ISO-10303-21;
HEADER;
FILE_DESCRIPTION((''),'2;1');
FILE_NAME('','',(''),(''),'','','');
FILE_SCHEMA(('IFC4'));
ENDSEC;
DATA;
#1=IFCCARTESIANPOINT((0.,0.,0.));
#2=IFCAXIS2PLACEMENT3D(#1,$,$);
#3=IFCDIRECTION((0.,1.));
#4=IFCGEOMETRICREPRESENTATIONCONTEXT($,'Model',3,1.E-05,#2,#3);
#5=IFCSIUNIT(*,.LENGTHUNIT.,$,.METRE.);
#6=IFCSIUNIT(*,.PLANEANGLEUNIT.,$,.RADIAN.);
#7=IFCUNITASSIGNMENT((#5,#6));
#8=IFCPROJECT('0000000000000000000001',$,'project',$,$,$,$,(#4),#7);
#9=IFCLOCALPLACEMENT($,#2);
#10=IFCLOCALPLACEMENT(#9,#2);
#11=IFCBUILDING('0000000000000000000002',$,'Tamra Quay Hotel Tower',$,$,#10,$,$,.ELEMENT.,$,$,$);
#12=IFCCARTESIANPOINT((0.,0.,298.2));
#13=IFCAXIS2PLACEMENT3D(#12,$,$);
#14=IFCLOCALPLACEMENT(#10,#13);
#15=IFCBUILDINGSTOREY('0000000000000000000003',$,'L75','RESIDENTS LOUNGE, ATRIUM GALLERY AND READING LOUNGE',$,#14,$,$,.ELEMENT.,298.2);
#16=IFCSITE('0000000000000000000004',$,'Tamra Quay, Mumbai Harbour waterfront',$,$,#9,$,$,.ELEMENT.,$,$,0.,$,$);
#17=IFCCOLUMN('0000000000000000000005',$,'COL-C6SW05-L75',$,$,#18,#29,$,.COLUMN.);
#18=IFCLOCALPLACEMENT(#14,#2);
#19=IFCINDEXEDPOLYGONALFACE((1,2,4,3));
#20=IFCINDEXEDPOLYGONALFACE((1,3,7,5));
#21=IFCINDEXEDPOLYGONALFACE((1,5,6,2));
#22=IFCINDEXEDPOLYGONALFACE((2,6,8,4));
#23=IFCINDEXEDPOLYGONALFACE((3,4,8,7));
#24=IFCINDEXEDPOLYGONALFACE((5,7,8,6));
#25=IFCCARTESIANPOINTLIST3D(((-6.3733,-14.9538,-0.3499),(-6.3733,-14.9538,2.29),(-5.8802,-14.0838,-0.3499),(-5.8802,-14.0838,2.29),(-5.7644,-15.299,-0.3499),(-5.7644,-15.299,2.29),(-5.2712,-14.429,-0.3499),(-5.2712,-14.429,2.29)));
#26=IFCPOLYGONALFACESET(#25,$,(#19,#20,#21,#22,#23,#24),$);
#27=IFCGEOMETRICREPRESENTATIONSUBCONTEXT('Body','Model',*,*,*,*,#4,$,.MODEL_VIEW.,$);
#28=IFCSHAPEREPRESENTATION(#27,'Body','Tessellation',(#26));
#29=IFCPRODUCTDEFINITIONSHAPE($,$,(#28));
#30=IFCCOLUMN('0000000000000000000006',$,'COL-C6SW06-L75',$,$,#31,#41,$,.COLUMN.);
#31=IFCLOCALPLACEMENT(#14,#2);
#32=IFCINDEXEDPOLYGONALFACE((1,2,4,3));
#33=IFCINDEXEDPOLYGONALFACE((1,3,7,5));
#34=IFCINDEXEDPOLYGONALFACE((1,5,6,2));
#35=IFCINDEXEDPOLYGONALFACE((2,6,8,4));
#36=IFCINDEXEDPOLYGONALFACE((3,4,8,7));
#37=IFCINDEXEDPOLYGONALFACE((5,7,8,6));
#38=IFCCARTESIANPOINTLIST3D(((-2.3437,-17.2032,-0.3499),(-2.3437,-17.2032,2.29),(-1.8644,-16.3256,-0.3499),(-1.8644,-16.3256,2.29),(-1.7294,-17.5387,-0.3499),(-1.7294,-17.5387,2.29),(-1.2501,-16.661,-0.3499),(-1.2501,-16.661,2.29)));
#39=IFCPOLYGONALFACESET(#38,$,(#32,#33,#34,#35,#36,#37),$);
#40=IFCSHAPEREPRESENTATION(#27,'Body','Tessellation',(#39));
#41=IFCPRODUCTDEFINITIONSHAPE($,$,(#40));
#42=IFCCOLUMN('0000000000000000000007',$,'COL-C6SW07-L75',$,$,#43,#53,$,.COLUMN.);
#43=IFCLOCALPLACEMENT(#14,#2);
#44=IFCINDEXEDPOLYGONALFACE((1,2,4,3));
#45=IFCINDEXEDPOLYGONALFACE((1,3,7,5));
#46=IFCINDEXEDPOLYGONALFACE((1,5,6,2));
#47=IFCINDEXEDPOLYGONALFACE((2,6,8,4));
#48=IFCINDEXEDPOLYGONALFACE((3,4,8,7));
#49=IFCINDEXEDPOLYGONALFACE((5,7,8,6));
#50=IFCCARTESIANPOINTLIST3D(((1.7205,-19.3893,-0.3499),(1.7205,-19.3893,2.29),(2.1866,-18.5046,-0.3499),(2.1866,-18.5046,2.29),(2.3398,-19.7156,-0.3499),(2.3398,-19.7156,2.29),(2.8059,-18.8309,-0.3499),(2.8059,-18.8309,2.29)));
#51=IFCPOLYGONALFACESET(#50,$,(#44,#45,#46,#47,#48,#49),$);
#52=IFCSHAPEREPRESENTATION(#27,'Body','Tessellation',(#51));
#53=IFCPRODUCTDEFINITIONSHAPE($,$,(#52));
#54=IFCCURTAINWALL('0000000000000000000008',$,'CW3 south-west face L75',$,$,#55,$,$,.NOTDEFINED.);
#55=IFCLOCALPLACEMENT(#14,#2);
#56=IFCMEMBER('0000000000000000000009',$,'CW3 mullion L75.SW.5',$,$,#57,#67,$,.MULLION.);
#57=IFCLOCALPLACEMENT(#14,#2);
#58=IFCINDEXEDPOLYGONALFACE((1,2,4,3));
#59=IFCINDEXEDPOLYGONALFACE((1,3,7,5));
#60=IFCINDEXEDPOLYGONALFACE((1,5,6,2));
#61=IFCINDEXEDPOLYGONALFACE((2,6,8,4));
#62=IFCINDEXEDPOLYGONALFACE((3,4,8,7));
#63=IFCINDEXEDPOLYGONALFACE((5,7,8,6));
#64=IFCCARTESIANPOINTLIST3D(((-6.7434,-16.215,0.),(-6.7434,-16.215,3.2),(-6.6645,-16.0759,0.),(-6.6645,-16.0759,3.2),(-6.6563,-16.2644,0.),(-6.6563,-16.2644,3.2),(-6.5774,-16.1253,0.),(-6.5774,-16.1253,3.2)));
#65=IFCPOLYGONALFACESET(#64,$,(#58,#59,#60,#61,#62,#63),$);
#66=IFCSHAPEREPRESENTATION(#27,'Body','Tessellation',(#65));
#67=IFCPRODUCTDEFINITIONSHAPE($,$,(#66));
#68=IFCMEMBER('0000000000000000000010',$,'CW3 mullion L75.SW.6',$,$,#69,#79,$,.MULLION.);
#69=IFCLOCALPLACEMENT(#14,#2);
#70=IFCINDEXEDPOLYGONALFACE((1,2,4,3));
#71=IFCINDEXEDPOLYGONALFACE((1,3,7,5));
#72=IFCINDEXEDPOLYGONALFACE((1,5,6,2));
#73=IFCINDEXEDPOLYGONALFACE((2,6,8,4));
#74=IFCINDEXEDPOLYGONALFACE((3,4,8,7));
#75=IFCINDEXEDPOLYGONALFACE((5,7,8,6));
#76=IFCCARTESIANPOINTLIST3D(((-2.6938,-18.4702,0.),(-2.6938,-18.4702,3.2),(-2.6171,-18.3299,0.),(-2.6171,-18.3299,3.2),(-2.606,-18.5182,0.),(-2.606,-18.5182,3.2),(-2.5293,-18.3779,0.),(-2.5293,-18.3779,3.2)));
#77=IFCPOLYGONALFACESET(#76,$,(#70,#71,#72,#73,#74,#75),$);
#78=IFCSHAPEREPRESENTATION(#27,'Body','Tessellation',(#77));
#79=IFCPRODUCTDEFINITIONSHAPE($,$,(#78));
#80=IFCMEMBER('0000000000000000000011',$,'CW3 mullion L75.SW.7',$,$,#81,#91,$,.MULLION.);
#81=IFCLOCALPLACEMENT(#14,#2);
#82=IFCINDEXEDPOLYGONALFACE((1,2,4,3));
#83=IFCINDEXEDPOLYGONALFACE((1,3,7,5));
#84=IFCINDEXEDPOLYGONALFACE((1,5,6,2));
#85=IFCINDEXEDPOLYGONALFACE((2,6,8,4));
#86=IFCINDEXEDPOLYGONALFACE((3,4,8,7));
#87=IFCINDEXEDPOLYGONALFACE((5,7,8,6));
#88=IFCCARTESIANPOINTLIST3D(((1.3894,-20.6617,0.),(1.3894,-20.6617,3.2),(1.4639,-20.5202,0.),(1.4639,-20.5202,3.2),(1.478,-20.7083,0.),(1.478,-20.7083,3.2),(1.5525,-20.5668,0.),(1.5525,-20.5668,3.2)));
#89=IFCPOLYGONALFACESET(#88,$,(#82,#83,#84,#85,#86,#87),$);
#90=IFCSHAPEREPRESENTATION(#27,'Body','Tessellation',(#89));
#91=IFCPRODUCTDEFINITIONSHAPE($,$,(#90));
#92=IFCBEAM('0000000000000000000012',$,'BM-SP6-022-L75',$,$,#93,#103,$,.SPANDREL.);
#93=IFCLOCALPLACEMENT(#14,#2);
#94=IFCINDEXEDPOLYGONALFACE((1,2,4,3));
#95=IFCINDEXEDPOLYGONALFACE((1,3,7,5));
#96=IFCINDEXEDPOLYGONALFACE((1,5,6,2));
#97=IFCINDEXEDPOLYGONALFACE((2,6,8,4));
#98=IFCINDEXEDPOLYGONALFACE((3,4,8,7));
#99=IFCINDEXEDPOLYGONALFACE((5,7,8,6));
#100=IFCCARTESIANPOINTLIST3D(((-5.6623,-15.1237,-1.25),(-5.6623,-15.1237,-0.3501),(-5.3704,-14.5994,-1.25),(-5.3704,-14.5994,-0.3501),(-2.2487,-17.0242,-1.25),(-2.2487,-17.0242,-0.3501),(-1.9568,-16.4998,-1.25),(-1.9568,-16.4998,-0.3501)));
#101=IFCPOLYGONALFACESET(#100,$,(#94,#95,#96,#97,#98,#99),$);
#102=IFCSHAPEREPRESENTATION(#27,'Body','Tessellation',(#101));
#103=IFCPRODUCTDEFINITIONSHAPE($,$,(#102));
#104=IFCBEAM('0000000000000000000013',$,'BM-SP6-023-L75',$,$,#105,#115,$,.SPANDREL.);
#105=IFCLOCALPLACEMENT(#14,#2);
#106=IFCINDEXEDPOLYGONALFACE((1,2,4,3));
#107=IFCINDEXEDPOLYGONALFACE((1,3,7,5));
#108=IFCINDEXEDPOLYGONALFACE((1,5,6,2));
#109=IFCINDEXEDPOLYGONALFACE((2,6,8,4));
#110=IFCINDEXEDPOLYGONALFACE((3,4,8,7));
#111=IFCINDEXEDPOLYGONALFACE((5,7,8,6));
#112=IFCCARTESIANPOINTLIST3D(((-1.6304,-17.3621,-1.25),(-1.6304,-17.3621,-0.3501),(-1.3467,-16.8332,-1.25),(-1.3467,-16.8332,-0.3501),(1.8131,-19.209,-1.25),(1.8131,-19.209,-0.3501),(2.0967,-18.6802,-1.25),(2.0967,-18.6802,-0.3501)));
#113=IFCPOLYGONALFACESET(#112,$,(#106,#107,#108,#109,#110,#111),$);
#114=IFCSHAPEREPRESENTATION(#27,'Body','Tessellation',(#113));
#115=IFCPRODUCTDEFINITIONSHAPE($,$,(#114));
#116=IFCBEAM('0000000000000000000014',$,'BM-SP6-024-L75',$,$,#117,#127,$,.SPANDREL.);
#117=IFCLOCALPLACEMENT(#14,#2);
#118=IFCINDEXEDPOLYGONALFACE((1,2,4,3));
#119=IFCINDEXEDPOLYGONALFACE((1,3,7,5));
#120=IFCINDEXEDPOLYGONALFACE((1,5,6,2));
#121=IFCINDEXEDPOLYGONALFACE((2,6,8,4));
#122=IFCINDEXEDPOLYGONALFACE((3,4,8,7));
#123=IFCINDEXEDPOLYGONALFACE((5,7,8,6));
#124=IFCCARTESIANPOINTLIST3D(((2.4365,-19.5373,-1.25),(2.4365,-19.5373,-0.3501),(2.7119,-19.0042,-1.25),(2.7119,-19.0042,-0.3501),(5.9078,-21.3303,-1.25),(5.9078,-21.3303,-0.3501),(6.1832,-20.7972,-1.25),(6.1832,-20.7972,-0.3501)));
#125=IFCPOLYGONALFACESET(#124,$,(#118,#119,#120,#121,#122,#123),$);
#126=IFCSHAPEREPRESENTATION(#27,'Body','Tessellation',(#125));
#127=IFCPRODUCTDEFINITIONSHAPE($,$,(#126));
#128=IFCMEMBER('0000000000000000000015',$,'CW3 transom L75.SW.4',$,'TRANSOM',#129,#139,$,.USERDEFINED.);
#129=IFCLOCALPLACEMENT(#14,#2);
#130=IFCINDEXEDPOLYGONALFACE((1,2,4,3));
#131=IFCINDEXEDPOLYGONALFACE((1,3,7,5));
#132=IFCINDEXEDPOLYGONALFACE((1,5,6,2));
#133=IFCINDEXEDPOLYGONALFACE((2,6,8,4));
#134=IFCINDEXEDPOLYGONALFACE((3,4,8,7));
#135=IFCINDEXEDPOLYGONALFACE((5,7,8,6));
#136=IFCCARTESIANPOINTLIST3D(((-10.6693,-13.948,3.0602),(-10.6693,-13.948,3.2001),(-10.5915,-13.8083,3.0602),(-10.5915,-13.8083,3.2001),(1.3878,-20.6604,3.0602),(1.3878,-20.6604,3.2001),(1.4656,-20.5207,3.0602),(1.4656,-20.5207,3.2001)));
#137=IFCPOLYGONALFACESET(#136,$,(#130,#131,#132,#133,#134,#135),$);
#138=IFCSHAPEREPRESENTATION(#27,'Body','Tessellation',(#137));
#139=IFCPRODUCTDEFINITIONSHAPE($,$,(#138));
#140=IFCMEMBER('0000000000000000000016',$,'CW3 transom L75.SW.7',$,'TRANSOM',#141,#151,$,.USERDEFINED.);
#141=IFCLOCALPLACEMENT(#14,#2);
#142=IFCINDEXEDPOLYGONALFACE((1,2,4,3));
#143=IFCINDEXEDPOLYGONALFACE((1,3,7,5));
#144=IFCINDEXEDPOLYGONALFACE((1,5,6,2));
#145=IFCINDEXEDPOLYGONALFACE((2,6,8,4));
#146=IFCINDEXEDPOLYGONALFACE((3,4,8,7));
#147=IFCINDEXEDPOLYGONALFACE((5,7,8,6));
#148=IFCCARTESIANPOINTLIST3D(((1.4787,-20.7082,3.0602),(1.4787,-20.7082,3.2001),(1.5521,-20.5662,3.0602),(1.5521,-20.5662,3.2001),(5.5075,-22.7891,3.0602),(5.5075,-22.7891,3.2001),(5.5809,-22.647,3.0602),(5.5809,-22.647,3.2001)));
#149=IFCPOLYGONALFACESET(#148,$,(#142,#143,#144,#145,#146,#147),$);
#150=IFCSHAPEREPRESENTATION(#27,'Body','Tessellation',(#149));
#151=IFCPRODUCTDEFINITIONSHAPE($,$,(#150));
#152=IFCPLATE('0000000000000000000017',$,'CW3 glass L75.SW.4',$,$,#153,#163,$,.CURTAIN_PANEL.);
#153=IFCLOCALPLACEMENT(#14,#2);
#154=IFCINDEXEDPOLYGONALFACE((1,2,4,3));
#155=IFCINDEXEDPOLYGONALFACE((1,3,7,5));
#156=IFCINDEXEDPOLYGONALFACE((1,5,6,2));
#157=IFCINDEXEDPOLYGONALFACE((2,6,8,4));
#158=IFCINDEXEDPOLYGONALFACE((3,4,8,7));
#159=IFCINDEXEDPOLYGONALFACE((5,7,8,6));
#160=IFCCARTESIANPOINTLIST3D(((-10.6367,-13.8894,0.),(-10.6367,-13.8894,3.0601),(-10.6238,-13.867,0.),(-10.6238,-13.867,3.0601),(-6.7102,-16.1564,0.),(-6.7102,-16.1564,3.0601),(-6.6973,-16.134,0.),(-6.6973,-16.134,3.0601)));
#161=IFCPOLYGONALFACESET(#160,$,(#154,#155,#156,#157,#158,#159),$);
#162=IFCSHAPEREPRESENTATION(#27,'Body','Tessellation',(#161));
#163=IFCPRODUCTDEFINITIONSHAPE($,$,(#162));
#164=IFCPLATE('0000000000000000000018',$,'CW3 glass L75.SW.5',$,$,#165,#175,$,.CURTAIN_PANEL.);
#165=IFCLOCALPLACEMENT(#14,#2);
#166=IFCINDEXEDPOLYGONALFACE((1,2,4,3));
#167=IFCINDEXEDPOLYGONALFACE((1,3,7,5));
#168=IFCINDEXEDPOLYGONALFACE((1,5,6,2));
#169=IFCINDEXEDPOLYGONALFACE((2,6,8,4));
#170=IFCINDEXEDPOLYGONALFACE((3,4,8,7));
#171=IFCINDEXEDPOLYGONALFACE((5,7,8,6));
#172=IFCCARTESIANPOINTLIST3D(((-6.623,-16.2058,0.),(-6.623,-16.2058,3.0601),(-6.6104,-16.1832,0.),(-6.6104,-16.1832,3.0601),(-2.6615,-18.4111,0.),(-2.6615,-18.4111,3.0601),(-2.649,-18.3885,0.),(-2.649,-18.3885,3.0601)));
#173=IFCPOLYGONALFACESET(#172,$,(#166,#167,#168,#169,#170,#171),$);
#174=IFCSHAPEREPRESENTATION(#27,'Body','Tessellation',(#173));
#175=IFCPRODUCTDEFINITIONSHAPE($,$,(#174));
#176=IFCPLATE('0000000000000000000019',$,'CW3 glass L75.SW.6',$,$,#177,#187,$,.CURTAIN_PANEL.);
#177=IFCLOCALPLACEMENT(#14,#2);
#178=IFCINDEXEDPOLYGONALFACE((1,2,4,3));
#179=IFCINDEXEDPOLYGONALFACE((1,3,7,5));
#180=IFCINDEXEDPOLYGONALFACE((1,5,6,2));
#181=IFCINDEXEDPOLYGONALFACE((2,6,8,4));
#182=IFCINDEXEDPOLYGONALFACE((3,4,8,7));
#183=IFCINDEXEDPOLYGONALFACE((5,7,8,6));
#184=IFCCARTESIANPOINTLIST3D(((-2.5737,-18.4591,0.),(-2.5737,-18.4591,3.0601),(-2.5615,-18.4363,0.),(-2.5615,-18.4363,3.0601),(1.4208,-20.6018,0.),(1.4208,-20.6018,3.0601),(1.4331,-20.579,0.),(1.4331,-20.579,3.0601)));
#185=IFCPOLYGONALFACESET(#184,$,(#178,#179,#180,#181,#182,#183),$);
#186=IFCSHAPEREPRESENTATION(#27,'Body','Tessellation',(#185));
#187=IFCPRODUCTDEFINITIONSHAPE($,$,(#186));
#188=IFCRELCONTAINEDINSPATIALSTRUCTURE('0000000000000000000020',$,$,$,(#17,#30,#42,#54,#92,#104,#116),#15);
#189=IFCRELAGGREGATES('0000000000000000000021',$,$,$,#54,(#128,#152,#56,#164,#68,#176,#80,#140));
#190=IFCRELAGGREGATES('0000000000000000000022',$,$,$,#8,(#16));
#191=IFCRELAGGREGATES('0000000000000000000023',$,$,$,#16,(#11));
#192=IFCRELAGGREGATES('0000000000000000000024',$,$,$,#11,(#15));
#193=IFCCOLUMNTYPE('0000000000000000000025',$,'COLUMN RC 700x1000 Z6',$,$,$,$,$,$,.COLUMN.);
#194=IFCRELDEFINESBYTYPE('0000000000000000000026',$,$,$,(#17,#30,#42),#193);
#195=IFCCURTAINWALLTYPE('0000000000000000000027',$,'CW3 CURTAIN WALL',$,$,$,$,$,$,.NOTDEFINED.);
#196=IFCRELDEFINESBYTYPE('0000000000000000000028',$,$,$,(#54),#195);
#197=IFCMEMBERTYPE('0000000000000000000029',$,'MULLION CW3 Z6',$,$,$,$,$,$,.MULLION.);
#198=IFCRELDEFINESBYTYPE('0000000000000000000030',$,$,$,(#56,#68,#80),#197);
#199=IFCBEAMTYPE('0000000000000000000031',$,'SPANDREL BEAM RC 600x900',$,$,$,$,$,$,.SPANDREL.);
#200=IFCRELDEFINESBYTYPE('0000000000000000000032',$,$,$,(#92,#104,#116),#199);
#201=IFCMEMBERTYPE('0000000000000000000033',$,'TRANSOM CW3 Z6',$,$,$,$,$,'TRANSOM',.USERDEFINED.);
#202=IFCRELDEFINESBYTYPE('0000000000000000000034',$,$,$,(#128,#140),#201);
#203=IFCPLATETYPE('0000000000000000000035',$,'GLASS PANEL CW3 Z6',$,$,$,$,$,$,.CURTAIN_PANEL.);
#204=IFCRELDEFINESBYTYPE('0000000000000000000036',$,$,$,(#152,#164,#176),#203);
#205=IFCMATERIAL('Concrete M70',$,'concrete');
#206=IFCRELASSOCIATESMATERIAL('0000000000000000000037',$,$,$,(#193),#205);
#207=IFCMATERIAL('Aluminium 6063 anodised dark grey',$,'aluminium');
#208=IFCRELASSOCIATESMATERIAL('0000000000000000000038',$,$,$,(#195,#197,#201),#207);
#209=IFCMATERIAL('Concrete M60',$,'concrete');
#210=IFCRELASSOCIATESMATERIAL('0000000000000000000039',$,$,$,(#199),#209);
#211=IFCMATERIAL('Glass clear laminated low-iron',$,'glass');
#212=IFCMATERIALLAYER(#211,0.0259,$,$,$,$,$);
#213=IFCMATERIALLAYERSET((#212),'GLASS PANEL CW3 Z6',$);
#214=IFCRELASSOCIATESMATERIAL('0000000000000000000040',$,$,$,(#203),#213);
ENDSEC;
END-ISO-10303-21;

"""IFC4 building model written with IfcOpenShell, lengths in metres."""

from ifc_helpers import new_model, si_unit, direction, frame, origin, origin_2d, place, context, subcontext, project, spatial, rectangle, extrude, material, layer, layer_set, material_profile, profile_set, type_object, element, aggregate, save


model = new_model("IFC4")

# Units and contexts
model_context = context("Model", 3, precision=1e-05, world=origin(), true_north=direction((0.0, 1.0)))
body_context = subcontext(model_context, "Body", "Model", "MODEL_VIEW")
ifc_project = project(units=[si_unit("LENGTHUNIT", "METRE"), si_unit("PLANEANGLEUNIT", "RADIAN")], contexts=[model_context])

# Site, building, storey
site_placement = place(None, origin())
site = spatial("IfcSite", under=ifc_project, at=site_placement, Name="Tamra Quay, Mumbai Harbour waterfront", CompositionType="ELEMENT", RefElevation=0.0)
building_placement = place(site_placement, origin())
building = spatial("IfcBuilding", under=site, at=building_placement, Name="Tamra Quay Hotel Tower", CompositionType="ELEMENT")
storey_placement = place(building_placement, frame((0.0, 0.0, 298.2)))
storey = spatial("IfcBuildingStorey", under=building, at=storey_placement, Name="L75", Description="RESIDENTS LOUNGE, ATRIUM GALLERY AND READING LOUNGE", CompositionType="ELEMENT", Elevation=298.2)

# Columns
ifc_material_1 = material(Name="Concrete M70", Category="concrete")
ifc_material_profile_1 = material_profile(ifc_material_1, rectangle(XDim=1.0, YDim=0.7, at=origin_2d()), Name="COLUMN RC 700x1000 Z6")
ifc_profile_set_1 = profile_set([ifc_material_profile_1], Name="Concrete M70")
column_type = type_object("IfcColumnType", Name="COLUMN RC 700x1000 Z6", PredefinedType="COLUMN", material=ifc_profile_set_1)
for number, where, z_axis, x_axis, name in (
    (1, (-5.8223, -14.6914, -0.3499), (0.0, 0.0, 1.0), (0.493125, 0.869958, 0.0), "COL-C6SW05-L75"),
    (2, (-1.7969, -16.9321, -0.3499), (0.0, 0.0, 1.0), (0.479288, 0.877658, 0.0), "COL-C6SW06-L75"),
    (3, (2.2632, -19.1101, -0.3499), (0.0, 0.0, 1.0), (0.466118, 0.884723, 0.0), "COL-C6SW07-L75"),
):
    element("IfcColumn", number, at=place(storey_placement, frame(where, z_axis=z_axis, x_axis=x_axis)), inside=storey, type_object=column_type, Name=name, PredefinedType="COLUMN", context=body_context, shape_type="SweptSolid", body=[
        extrude(rectangle(XDim=1.0, YDim=0.7, at=origin_2d()), origin(), (0.0, 0.0, 1.0), 2.6399),
    ])

# Curtain wall, members
ifc_material_2 = material(Name="Aluminium 6063 anodised dark grey", Category="aluminium")
curtain_wall_type = type_object("IfcCurtainWallType", Name="CW3 CURTAIN WALL", PredefinedType="NOTDEFINED", material=ifc_material_2)
curtain_wall_placement = place(storey_placement, origin())
curtain_wall = element("IfcCurtainWall", 4, at=curtain_wall_placement, inside=storey, type_object=curtain_wall_type, Name="CW3 south-west face L75", PredefinedType="NOTDEFINED")
ifc_material_profile_2 = material_profile(ifc_material_2, rectangle(XDim=0.1599, YDim=0.1001, at=origin_2d()), Name="MULLION 100X160")
ifc_profile_set_2 = profile_set([ifc_material_profile_2], Name="Aluminium 6063 anodised dark grey")
member_type_1 = type_object("IfcMemberType", Name="MULLION CW3 Z6", PredefinedType="MULLION", material=ifc_profile_set_2)
member_1_placement = place(storey_placement, frame((-6.6604, -16.1702, 0.0), z_axis=(0.0, 0.0, 1.0), x_axis=(-0.493215, -0.869907, 0.0)))
member_1 = element("IfcMember", 5, at=member_1_placement, type_object=member_type_1, Name="CW3 mullion L75.SW.5", PredefinedType="MULLION", context=body_context, shape_type="SweptSolid", body=[
    extrude(rectangle(XDim=0.1599, YDim=0.1001, at=origin_2d()), origin(), (0.0, 0.0, 1.0), 3.2),
])
member_2_placement = place(storey_placement, frame((-2.6116, -18.4241, 0.0), z_axis=(0.0, 0.0, 1.0), x_axis=(-0.479565, -0.877506, 0.0)))
member_2 = element("IfcMember", 6, at=member_2_placement, type_object=member_type_1, Name="CW3 mullion L75.SW.6", PredefinedType="MULLION", context=body_context, shape_type="SweptSolid", body=[
    extrude(rectangle(XDim=0.1599, YDim=0.1001, at=origin_2d()), origin(), (0.0, 0.0, 1.0), 3.2),
])
member_3_placement = place(storey_placement, frame((1.4709, -20.6143, 0.0), z_axis=(0.0, 0.0, 1.0), x_axis=(-0.465816, -0.884882, 0.0)))
member_3 = element("IfcMember", 7, at=member_3_placement, type_object=member_type_1, Name="CW3 mullion L75.SW.7", PredefinedType="MULLION", context=body_context, shape_type="SweptSolid", body=[
    extrude(rectangle(XDim=0.1599, YDim=0.1001, at=origin_2d()), origin(), (0.0, 0.0, 1.0), 3.2),
])

# Beams
ifc_material_3 = material(Name="Concrete M60", Category="concrete")
ifc_material_profile_3 = material_profile(ifc_material_3, rectangle(XDim=0.6001, YDim=0.8999, at=origin_2d()), Name="SPANDREL BEAM RC 600x900")
ifc_profile_set_3 = profile_set([ifc_material_profile_3], Name="Concrete M60")
beam_type = type_object("IfcBeamType", Name="SPANDREL BEAM RC 600x900", PredefinedType="SPANDREL", material=ifc_profile_set_3)
beam_1_placement = place(storey_placement, frame((-5.5164, -14.8616, -0.8), z_axis=(0.873727, -0.486417, 0.0), x_axis=(0.486417, 0.873727, 0.0)))
element("IfcBeam", 8, at=beam_1_placement, inside=storey, type_object=beam_type, Name="BM-SP6-022-L75", PredefinedType="SPANDREL", context=body_context, shape_type="SweptSolid", body=[
    extrude(rectangle(XDim=0.6001, YDim=0.8999, at=origin_2d()), origin(), (0.0, 0.0, 1.0), 3.907),
])
beam_2_placement = place(storey_placement, frame((-1.4885, -17.0977, -0.8), z_axis=(0.881238, -0.472672, 0.0), x_axis=(0.472672, 0.881238, 0.0)))
element("IfcBeam", 9, at=beam_2_placement, inside=storey, type_object=beam_type, Name="BM-SP6-023-L75", PredefinedType="SPANDREL", context=body_context, shape_type="SweptSolid", body=[
    extrude(rectangle(XDim=0.6001, YDim=0.8999, at=origin_2d()), origin(), (0.0, 0.0, 1.0), 3.9075),
])
beam_3_placement = place(storey_placement, frame((2.5742, -19.2708, -0.8), z_axis=(0.888476, -0.458923, 0.0), x_axis=(0.458923, 0.888476, 0.0)))
element("IfcBeam", 10, at=beam_3_placement, inside=storey, type_object=beam_type, Name="BM-SP6-024-L75", PredefinedType="SPANDREL", context=body_context, shape_type="SweptSolid", body=[
    extrude(rectangle(XDim=0.6001, YDim=0.8999, at=origin_2d()), origin(), (0.0, 0.0, 1.0), 3.907),
])

# Members
ifc_material_profile_4 = material_profile(ifc_material_2, rectangle(XDim=0.1599, YDim=0.1399, at=origin_2d()), Name="TRANSOM 160X140")
ifc_profile_set_4 = profile_set([ifc_material_profile_4], Name="Aluminium 6063 anodised dark grey")
member_type_2 = type_object("IfcMemberType", Name="TRANSOM CW3 Z6", ElementType="TRANSOM", PredefinedType="USERDEFINED", material=ifc_profile_set_4)
member_4_placement = place(storey_placement, frame((-10.6304, -13.8782, 3.1301), z_axis=(0.873726, -0.486418, 0.0), x_axis=(0.486418, 0.873726, 0.0)))
member_4 = element("IfcMember", 11, at=member_4_placement, type_object=member_type_2, Name="CW3 transom L75.SW.4", ObjectType="TRANSOM", PredefinedType="USERDEFINED", context=body_context, shape_type="SweptSolid", body=[
    extrude(rectangle(XDim=0.1599, YDim=0.1399, at=origin_2d()), origin(), (0.0, 0.0, 1.0), 13.7996),
])
member_5_placement = place(storey_placement, frame((1.5154, -20.6372, 3.1301), z_axis=(0.888492, -0.458891, 0.0), x_axis=(0.458891, 0.888492, 0.0)))
member_5 = element("IfcMember", 12, at=member_5_placement, type_object=member_type_2, Name="CW3 transom L75.SW.7", ObjectType="TRANSOM", PredefinedType="USERDEFINED", context=body_context, shape_type="SweptSolid", body=[
    extrude(rectangle(XDim=0.1599, YDim=0.1399, at=origin_2d()), origin(), (0.0, 0.0, 1.0), 4.5344),
])

# Plates
ifc_material_4 = material(Name="Glass clear laminated low-iron", Category="glass")
ifc_layer_1 = layer(ifc_material_4, 0.0259)
ifc_layer_set_1 = layer_set([ifc_layer_1], Name="GLASS PANEL CW3 Z6")
plate_type = type_object("IfcPlateType", Name="GLASS PANEL CW3 Z6", PredefinedType="CURTAIN_PANEL", material=ifc_layer_set_1)
plate_1_placement = place(storey_placement, frame((-8.667, -15.0117, 0.0), z_axis=(0.0, 0.0, 1.0), x_axis=(0.866025, -0.5, 0.0)))
plate_1 = element("IfcPlate", 13, at=plate_1_placement, type_object=plate_type, Name="CW3 glass L75.SW.4", PredefinedType="CURTAIN_PANEL", context=body_context, shape_type="SweptSolid", body=[
    extrude(rectangle(XDim=4.5339, YDim=0.0259, at=origin_2d()), origin(), (0.0, 0.0, 1.0), 3.0601),
])
plate_2_placement = place(storey_placement, frame((-4.636, -17.2971, 0.0), z_axis=(0.0, 0.0, 1.0), x_axis=(0.873736, -0.486401, 0.0)))
plate_2 = element("IfcPlate", 14, at=plate_2_placement, type_object=plate_type, Name="CW3 glass L75.SW.5", PredefinedType="CURTAIN_PANEL", context=body_context, shape_type="SweptSolid", body=[
    extrude(rectangle(XDim=4.5339, YDim=0.0259, at=origin_2d()), origin(), (0.0, 0.0, 1.0), 3.0601),
])
plate_3_placement = place(storey_placement, frame((-0.5703, -19.519, 0.0), z_axis=(0.0, 0.0, 1.0), x_axis=(0.881224, -0.4727, 0.0)))
plate_3 = element("IfcPlate", 15, at=plate_3_placement, type_object=plate_type, Name="CW3 glass L75.SW.6", PredefinedType="CURTAIN_PANEL", context=body_context, shape_type="SweptSolid", body=[
    extrude(rectangle(XDim=4.533, YDim=0.0259, at=origin_2d()), origin(), (0.0, 0.0, 1.0), 3.0601),
])
aggregate(curtain_wall, [member_4, plate_1, member_1, plate_2, member_2, plate_3, member_3, member_5])

save(model, "model.ifc")
